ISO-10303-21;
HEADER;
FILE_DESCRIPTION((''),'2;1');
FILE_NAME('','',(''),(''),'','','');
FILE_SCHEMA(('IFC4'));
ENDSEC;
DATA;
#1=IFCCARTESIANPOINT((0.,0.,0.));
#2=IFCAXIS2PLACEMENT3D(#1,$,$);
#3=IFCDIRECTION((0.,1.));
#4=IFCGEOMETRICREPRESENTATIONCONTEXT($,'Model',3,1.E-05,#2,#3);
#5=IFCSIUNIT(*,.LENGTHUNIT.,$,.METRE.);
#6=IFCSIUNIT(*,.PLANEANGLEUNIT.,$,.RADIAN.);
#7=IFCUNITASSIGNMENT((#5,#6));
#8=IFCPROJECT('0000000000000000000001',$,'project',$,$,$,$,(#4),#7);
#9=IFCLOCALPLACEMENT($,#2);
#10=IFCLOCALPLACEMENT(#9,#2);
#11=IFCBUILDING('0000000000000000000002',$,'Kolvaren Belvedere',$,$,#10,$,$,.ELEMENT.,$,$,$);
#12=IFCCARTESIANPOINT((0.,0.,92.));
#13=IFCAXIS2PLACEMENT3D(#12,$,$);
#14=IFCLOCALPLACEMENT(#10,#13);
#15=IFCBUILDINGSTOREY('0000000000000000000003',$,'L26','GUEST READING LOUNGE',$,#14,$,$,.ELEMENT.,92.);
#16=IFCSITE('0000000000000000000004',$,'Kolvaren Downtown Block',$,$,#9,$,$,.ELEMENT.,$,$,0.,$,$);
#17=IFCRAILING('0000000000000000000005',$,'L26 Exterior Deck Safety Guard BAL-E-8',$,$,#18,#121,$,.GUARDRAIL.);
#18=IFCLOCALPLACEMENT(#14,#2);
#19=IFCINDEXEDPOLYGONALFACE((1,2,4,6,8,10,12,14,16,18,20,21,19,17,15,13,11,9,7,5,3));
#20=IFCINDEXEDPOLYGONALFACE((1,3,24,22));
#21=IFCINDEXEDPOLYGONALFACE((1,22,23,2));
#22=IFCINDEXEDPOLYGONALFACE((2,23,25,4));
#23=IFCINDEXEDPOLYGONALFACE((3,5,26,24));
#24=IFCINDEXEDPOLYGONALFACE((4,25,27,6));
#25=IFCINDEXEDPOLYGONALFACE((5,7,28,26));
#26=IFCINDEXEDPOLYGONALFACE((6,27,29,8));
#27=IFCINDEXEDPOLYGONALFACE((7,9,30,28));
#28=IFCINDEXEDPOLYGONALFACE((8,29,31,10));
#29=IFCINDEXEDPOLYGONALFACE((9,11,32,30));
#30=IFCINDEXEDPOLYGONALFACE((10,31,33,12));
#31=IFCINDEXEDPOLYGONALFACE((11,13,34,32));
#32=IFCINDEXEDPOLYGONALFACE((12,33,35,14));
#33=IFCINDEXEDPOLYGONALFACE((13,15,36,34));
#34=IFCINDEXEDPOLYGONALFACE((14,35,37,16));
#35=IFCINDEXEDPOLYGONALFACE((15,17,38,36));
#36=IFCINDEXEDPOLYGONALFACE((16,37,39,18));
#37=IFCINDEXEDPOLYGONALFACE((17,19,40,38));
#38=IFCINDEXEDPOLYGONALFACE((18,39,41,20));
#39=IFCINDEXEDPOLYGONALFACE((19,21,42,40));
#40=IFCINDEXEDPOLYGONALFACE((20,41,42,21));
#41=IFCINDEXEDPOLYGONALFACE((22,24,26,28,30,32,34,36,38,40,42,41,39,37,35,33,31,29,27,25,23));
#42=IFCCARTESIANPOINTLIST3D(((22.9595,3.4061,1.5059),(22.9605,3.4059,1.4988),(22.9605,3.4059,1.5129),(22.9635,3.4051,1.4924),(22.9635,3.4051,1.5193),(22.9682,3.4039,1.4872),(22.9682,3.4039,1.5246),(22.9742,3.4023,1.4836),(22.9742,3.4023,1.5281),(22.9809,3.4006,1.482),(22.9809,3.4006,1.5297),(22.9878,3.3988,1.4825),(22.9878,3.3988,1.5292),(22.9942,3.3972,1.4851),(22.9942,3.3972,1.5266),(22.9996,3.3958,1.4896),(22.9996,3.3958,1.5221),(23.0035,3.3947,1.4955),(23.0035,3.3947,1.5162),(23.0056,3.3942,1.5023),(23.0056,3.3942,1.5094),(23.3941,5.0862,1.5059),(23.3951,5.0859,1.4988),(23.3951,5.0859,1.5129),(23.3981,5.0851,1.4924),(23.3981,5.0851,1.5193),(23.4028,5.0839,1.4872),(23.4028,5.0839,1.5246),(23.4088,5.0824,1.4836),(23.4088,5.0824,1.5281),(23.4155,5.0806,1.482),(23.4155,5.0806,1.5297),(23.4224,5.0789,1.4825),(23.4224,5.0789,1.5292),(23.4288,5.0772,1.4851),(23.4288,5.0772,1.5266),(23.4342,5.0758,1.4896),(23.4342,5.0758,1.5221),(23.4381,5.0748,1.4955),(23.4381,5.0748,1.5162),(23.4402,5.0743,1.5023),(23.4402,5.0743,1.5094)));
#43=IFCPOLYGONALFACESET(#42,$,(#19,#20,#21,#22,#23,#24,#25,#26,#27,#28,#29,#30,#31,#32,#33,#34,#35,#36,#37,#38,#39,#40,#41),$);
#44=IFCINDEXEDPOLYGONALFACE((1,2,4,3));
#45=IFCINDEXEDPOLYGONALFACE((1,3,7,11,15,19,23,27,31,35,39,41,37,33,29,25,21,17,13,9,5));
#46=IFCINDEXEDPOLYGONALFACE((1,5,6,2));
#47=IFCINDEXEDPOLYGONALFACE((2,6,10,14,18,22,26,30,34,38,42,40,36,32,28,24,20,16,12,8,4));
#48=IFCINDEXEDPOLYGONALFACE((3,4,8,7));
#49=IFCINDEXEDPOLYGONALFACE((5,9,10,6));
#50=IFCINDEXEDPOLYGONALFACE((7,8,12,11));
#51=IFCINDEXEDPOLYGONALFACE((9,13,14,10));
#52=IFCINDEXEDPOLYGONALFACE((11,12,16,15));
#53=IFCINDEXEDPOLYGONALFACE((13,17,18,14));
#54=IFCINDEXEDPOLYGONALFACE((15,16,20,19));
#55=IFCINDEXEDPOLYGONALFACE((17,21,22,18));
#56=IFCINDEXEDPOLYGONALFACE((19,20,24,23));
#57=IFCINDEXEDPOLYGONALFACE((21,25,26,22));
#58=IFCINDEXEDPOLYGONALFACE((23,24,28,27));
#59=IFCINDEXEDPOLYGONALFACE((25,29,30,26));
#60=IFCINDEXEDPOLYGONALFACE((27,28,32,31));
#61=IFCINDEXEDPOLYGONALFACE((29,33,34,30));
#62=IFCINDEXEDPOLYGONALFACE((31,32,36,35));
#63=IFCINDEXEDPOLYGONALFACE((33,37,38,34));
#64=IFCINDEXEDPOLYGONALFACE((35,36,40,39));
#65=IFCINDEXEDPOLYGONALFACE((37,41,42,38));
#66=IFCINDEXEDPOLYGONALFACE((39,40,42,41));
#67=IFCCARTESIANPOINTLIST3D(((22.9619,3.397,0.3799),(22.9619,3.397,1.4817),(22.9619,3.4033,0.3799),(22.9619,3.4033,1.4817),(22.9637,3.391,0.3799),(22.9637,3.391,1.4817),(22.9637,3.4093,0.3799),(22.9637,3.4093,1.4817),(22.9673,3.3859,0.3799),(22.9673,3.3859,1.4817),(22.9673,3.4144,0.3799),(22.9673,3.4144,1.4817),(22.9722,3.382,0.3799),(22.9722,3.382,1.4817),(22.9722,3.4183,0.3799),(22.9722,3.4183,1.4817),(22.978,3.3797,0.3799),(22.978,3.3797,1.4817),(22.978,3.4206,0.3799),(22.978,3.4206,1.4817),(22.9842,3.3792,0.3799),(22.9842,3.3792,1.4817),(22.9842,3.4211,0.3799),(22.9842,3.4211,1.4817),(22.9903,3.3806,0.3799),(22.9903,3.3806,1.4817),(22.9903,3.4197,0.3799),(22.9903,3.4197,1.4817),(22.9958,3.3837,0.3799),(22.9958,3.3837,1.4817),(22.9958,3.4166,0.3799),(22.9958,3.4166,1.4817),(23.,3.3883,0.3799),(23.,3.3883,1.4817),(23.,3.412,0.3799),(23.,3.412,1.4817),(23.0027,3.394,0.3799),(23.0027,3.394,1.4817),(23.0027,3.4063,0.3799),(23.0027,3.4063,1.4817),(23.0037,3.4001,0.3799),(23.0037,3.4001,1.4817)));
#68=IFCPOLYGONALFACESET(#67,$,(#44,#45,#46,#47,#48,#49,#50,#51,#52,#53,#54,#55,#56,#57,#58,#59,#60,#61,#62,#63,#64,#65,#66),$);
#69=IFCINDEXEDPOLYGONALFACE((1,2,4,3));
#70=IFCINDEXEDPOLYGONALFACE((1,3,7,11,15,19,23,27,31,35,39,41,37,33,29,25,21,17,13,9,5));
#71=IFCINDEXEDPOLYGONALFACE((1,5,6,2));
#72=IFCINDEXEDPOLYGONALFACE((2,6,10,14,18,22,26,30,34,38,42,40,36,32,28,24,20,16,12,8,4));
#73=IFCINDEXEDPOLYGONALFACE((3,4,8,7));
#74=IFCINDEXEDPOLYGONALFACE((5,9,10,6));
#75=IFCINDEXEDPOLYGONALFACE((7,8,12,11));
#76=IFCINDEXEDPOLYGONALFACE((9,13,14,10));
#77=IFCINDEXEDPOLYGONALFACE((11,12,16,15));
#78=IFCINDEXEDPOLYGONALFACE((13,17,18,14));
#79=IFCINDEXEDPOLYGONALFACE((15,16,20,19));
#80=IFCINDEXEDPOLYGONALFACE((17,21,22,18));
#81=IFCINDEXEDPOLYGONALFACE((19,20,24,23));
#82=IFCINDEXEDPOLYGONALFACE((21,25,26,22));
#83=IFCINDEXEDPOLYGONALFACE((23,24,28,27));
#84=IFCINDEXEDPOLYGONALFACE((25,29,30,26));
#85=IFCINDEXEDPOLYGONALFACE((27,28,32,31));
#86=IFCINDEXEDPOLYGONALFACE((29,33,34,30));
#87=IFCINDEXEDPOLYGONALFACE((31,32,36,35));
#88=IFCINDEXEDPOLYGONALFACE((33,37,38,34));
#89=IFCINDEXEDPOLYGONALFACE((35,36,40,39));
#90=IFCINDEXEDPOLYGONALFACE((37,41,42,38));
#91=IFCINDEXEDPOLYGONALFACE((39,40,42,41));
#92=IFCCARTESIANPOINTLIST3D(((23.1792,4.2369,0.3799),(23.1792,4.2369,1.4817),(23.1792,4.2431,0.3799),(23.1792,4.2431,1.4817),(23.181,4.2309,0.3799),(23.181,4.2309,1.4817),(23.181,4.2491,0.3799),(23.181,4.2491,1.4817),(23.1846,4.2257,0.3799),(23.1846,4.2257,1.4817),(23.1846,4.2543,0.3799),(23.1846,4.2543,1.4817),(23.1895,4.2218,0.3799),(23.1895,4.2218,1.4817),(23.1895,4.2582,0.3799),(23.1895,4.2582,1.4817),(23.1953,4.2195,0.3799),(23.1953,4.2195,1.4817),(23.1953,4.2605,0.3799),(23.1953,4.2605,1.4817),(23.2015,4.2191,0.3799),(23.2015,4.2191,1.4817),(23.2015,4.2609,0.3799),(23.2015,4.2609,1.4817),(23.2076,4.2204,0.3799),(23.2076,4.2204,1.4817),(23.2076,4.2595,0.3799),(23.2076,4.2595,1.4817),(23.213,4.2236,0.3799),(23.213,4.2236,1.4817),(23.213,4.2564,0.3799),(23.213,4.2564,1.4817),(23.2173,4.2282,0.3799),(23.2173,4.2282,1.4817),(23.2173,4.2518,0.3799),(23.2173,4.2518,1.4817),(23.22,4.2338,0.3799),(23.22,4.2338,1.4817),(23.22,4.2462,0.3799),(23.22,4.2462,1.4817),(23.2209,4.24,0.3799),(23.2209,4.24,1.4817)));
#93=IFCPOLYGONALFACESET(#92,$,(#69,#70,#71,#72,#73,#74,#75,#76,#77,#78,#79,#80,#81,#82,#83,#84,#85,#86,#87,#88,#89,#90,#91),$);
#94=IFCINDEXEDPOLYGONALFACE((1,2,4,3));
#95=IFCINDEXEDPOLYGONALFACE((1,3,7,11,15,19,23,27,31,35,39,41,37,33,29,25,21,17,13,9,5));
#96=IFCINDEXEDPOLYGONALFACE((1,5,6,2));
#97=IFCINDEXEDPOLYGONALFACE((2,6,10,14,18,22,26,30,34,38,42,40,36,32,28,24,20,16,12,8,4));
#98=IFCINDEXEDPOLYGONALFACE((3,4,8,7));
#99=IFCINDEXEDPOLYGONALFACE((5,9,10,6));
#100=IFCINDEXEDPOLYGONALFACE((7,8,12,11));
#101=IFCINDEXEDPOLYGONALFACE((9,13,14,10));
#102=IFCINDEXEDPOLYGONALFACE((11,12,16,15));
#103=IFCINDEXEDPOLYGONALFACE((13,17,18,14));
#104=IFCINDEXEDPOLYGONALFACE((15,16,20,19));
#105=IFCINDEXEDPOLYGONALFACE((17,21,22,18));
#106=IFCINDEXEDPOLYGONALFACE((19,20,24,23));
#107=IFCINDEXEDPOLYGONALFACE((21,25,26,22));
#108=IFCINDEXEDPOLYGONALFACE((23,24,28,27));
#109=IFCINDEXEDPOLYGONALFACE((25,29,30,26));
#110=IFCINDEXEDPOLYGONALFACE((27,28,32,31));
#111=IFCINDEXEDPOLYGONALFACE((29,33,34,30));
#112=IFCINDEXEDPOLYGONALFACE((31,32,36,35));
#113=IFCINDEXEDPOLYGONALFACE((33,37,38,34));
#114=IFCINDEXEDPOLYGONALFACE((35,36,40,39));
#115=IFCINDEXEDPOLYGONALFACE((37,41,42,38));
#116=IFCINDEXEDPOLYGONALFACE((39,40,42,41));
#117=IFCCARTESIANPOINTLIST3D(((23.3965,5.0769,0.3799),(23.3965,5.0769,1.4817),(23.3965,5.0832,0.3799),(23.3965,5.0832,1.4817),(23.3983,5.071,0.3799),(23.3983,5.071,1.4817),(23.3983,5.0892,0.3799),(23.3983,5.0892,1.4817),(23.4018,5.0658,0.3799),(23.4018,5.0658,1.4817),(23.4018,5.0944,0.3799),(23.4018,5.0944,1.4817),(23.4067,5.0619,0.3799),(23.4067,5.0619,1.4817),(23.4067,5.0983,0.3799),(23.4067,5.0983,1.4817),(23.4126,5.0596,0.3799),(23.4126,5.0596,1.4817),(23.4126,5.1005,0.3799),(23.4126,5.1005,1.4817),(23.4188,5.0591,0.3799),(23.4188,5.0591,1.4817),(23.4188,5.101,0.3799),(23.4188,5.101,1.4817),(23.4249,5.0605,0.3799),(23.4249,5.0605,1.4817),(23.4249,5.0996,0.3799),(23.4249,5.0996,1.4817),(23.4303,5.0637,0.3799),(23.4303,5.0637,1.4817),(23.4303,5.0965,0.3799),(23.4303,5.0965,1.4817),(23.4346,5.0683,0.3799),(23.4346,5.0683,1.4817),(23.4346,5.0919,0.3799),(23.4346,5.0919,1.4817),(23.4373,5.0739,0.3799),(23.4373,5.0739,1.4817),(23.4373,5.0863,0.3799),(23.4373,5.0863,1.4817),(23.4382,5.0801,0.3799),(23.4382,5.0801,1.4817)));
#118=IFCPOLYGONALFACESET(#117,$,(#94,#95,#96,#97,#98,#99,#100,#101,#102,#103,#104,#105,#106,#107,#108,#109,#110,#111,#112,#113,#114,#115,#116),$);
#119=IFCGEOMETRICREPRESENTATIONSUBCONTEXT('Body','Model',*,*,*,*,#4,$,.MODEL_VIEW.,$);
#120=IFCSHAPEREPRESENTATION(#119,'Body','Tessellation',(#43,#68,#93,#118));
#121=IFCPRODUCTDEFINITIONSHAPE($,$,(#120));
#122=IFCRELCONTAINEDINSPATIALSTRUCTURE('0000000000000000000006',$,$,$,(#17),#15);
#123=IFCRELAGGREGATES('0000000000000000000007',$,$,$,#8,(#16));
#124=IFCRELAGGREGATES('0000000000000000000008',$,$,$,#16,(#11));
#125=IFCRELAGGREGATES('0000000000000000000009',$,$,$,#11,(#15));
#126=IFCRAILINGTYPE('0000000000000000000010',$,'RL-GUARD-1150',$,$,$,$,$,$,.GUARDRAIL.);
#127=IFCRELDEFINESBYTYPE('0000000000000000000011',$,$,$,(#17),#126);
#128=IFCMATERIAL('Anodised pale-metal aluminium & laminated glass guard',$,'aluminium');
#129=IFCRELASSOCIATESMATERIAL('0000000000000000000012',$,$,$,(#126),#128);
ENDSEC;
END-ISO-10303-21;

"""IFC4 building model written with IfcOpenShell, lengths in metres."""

from ifc_helpers import new_model, si_unit, direction, frame, origin, origin_2d, place, context, subcontext, project, spatial, circle, extrude, material, type_object, element, save


model = new_model("IFC4")

# Units and contexts
model_context = context("Model", 3, precision=1e-05, world=origin(), true_north=direction((0.0, 1.0)))
body_context = subcontext(model_context, "Body", "Model", "MODEL_VIEW")
ifc_project = project(units=[si_unit("LENGTHUNIT", "METRE"), si_unit("PLANEANGLEUNIT", "RADIAN")], contexts=[model_context])

# Site, building, storey
site_placement = place(None, origin())
site = spatial("IfcSite", under=ifc_project, at=site_placement, Name="Kolvaren Downtown Block", CompositionType="ELEMENT", RefElevation=0.0)
building_placement = place(site_placement, origin())
building = spatial("IfcBuilding", under=site, at=building_placement, Name="Kolvaren Belvedere", CompositionType="ELEMENT")
storey_placement = place(building_placement, frame((0.0, 0.0, 92.0)))
storey = spatial("IfcBuildingStorey", under=building, at=storey_placement, Name="L26", Description="GUEST READING LOUNGE", CompositionType="ELEMENT", Elevation=92.0)

# Railing
ifc_material_1 = material(Name="Anodised pale-metal aluminium & laminated glass guard", Category="aluminium")
railing_type = type_object("IfcRailingType", Name="RL-GUARD-1150", PredefinedType="GUARDRAIL", material=ifc_material_1)
railing_1_placement = place(storey_placement, frame((22.9827, 3.4001, 0.3799)))
element("IfcRailing", 1, at=railing_1_placement, inside=storey, type_object=railing_type, Name="L26 Exterior Deck Safety Guard BAL-E-8", PredefinedType="GUARDRAIL", context=body_context, shape_type="SweptSolid", body=[
    extrude(circle(Radius=0.0239, at=origin_2d()), frame((0.0, 0.0, 1.126), z_axis=(0.25044, 0.968132, 0.0), x_axis=(-0.968132, 0.25044, 0.0)), (0.0, 0.0, 1.0), 1.7354),
    extrude(circle(Radius=0.021, at=origin_2d()), origin(), (0.0, 0.0, 1.0), 1.1018),
    extrude(circle(Radius=0.021, at=origin_2d()), frame((0.2173, 0.8398, 0.0)), (0.0, 0.0, 1.0), 1.1018),
    extrude(circle(Radius=0.021, at=origin_2d()), frame((0.4346, 1.6799, 0.0)), (0.0, 0.0, 1.0), 1.1018),
])

save(model, "model.ifc")
